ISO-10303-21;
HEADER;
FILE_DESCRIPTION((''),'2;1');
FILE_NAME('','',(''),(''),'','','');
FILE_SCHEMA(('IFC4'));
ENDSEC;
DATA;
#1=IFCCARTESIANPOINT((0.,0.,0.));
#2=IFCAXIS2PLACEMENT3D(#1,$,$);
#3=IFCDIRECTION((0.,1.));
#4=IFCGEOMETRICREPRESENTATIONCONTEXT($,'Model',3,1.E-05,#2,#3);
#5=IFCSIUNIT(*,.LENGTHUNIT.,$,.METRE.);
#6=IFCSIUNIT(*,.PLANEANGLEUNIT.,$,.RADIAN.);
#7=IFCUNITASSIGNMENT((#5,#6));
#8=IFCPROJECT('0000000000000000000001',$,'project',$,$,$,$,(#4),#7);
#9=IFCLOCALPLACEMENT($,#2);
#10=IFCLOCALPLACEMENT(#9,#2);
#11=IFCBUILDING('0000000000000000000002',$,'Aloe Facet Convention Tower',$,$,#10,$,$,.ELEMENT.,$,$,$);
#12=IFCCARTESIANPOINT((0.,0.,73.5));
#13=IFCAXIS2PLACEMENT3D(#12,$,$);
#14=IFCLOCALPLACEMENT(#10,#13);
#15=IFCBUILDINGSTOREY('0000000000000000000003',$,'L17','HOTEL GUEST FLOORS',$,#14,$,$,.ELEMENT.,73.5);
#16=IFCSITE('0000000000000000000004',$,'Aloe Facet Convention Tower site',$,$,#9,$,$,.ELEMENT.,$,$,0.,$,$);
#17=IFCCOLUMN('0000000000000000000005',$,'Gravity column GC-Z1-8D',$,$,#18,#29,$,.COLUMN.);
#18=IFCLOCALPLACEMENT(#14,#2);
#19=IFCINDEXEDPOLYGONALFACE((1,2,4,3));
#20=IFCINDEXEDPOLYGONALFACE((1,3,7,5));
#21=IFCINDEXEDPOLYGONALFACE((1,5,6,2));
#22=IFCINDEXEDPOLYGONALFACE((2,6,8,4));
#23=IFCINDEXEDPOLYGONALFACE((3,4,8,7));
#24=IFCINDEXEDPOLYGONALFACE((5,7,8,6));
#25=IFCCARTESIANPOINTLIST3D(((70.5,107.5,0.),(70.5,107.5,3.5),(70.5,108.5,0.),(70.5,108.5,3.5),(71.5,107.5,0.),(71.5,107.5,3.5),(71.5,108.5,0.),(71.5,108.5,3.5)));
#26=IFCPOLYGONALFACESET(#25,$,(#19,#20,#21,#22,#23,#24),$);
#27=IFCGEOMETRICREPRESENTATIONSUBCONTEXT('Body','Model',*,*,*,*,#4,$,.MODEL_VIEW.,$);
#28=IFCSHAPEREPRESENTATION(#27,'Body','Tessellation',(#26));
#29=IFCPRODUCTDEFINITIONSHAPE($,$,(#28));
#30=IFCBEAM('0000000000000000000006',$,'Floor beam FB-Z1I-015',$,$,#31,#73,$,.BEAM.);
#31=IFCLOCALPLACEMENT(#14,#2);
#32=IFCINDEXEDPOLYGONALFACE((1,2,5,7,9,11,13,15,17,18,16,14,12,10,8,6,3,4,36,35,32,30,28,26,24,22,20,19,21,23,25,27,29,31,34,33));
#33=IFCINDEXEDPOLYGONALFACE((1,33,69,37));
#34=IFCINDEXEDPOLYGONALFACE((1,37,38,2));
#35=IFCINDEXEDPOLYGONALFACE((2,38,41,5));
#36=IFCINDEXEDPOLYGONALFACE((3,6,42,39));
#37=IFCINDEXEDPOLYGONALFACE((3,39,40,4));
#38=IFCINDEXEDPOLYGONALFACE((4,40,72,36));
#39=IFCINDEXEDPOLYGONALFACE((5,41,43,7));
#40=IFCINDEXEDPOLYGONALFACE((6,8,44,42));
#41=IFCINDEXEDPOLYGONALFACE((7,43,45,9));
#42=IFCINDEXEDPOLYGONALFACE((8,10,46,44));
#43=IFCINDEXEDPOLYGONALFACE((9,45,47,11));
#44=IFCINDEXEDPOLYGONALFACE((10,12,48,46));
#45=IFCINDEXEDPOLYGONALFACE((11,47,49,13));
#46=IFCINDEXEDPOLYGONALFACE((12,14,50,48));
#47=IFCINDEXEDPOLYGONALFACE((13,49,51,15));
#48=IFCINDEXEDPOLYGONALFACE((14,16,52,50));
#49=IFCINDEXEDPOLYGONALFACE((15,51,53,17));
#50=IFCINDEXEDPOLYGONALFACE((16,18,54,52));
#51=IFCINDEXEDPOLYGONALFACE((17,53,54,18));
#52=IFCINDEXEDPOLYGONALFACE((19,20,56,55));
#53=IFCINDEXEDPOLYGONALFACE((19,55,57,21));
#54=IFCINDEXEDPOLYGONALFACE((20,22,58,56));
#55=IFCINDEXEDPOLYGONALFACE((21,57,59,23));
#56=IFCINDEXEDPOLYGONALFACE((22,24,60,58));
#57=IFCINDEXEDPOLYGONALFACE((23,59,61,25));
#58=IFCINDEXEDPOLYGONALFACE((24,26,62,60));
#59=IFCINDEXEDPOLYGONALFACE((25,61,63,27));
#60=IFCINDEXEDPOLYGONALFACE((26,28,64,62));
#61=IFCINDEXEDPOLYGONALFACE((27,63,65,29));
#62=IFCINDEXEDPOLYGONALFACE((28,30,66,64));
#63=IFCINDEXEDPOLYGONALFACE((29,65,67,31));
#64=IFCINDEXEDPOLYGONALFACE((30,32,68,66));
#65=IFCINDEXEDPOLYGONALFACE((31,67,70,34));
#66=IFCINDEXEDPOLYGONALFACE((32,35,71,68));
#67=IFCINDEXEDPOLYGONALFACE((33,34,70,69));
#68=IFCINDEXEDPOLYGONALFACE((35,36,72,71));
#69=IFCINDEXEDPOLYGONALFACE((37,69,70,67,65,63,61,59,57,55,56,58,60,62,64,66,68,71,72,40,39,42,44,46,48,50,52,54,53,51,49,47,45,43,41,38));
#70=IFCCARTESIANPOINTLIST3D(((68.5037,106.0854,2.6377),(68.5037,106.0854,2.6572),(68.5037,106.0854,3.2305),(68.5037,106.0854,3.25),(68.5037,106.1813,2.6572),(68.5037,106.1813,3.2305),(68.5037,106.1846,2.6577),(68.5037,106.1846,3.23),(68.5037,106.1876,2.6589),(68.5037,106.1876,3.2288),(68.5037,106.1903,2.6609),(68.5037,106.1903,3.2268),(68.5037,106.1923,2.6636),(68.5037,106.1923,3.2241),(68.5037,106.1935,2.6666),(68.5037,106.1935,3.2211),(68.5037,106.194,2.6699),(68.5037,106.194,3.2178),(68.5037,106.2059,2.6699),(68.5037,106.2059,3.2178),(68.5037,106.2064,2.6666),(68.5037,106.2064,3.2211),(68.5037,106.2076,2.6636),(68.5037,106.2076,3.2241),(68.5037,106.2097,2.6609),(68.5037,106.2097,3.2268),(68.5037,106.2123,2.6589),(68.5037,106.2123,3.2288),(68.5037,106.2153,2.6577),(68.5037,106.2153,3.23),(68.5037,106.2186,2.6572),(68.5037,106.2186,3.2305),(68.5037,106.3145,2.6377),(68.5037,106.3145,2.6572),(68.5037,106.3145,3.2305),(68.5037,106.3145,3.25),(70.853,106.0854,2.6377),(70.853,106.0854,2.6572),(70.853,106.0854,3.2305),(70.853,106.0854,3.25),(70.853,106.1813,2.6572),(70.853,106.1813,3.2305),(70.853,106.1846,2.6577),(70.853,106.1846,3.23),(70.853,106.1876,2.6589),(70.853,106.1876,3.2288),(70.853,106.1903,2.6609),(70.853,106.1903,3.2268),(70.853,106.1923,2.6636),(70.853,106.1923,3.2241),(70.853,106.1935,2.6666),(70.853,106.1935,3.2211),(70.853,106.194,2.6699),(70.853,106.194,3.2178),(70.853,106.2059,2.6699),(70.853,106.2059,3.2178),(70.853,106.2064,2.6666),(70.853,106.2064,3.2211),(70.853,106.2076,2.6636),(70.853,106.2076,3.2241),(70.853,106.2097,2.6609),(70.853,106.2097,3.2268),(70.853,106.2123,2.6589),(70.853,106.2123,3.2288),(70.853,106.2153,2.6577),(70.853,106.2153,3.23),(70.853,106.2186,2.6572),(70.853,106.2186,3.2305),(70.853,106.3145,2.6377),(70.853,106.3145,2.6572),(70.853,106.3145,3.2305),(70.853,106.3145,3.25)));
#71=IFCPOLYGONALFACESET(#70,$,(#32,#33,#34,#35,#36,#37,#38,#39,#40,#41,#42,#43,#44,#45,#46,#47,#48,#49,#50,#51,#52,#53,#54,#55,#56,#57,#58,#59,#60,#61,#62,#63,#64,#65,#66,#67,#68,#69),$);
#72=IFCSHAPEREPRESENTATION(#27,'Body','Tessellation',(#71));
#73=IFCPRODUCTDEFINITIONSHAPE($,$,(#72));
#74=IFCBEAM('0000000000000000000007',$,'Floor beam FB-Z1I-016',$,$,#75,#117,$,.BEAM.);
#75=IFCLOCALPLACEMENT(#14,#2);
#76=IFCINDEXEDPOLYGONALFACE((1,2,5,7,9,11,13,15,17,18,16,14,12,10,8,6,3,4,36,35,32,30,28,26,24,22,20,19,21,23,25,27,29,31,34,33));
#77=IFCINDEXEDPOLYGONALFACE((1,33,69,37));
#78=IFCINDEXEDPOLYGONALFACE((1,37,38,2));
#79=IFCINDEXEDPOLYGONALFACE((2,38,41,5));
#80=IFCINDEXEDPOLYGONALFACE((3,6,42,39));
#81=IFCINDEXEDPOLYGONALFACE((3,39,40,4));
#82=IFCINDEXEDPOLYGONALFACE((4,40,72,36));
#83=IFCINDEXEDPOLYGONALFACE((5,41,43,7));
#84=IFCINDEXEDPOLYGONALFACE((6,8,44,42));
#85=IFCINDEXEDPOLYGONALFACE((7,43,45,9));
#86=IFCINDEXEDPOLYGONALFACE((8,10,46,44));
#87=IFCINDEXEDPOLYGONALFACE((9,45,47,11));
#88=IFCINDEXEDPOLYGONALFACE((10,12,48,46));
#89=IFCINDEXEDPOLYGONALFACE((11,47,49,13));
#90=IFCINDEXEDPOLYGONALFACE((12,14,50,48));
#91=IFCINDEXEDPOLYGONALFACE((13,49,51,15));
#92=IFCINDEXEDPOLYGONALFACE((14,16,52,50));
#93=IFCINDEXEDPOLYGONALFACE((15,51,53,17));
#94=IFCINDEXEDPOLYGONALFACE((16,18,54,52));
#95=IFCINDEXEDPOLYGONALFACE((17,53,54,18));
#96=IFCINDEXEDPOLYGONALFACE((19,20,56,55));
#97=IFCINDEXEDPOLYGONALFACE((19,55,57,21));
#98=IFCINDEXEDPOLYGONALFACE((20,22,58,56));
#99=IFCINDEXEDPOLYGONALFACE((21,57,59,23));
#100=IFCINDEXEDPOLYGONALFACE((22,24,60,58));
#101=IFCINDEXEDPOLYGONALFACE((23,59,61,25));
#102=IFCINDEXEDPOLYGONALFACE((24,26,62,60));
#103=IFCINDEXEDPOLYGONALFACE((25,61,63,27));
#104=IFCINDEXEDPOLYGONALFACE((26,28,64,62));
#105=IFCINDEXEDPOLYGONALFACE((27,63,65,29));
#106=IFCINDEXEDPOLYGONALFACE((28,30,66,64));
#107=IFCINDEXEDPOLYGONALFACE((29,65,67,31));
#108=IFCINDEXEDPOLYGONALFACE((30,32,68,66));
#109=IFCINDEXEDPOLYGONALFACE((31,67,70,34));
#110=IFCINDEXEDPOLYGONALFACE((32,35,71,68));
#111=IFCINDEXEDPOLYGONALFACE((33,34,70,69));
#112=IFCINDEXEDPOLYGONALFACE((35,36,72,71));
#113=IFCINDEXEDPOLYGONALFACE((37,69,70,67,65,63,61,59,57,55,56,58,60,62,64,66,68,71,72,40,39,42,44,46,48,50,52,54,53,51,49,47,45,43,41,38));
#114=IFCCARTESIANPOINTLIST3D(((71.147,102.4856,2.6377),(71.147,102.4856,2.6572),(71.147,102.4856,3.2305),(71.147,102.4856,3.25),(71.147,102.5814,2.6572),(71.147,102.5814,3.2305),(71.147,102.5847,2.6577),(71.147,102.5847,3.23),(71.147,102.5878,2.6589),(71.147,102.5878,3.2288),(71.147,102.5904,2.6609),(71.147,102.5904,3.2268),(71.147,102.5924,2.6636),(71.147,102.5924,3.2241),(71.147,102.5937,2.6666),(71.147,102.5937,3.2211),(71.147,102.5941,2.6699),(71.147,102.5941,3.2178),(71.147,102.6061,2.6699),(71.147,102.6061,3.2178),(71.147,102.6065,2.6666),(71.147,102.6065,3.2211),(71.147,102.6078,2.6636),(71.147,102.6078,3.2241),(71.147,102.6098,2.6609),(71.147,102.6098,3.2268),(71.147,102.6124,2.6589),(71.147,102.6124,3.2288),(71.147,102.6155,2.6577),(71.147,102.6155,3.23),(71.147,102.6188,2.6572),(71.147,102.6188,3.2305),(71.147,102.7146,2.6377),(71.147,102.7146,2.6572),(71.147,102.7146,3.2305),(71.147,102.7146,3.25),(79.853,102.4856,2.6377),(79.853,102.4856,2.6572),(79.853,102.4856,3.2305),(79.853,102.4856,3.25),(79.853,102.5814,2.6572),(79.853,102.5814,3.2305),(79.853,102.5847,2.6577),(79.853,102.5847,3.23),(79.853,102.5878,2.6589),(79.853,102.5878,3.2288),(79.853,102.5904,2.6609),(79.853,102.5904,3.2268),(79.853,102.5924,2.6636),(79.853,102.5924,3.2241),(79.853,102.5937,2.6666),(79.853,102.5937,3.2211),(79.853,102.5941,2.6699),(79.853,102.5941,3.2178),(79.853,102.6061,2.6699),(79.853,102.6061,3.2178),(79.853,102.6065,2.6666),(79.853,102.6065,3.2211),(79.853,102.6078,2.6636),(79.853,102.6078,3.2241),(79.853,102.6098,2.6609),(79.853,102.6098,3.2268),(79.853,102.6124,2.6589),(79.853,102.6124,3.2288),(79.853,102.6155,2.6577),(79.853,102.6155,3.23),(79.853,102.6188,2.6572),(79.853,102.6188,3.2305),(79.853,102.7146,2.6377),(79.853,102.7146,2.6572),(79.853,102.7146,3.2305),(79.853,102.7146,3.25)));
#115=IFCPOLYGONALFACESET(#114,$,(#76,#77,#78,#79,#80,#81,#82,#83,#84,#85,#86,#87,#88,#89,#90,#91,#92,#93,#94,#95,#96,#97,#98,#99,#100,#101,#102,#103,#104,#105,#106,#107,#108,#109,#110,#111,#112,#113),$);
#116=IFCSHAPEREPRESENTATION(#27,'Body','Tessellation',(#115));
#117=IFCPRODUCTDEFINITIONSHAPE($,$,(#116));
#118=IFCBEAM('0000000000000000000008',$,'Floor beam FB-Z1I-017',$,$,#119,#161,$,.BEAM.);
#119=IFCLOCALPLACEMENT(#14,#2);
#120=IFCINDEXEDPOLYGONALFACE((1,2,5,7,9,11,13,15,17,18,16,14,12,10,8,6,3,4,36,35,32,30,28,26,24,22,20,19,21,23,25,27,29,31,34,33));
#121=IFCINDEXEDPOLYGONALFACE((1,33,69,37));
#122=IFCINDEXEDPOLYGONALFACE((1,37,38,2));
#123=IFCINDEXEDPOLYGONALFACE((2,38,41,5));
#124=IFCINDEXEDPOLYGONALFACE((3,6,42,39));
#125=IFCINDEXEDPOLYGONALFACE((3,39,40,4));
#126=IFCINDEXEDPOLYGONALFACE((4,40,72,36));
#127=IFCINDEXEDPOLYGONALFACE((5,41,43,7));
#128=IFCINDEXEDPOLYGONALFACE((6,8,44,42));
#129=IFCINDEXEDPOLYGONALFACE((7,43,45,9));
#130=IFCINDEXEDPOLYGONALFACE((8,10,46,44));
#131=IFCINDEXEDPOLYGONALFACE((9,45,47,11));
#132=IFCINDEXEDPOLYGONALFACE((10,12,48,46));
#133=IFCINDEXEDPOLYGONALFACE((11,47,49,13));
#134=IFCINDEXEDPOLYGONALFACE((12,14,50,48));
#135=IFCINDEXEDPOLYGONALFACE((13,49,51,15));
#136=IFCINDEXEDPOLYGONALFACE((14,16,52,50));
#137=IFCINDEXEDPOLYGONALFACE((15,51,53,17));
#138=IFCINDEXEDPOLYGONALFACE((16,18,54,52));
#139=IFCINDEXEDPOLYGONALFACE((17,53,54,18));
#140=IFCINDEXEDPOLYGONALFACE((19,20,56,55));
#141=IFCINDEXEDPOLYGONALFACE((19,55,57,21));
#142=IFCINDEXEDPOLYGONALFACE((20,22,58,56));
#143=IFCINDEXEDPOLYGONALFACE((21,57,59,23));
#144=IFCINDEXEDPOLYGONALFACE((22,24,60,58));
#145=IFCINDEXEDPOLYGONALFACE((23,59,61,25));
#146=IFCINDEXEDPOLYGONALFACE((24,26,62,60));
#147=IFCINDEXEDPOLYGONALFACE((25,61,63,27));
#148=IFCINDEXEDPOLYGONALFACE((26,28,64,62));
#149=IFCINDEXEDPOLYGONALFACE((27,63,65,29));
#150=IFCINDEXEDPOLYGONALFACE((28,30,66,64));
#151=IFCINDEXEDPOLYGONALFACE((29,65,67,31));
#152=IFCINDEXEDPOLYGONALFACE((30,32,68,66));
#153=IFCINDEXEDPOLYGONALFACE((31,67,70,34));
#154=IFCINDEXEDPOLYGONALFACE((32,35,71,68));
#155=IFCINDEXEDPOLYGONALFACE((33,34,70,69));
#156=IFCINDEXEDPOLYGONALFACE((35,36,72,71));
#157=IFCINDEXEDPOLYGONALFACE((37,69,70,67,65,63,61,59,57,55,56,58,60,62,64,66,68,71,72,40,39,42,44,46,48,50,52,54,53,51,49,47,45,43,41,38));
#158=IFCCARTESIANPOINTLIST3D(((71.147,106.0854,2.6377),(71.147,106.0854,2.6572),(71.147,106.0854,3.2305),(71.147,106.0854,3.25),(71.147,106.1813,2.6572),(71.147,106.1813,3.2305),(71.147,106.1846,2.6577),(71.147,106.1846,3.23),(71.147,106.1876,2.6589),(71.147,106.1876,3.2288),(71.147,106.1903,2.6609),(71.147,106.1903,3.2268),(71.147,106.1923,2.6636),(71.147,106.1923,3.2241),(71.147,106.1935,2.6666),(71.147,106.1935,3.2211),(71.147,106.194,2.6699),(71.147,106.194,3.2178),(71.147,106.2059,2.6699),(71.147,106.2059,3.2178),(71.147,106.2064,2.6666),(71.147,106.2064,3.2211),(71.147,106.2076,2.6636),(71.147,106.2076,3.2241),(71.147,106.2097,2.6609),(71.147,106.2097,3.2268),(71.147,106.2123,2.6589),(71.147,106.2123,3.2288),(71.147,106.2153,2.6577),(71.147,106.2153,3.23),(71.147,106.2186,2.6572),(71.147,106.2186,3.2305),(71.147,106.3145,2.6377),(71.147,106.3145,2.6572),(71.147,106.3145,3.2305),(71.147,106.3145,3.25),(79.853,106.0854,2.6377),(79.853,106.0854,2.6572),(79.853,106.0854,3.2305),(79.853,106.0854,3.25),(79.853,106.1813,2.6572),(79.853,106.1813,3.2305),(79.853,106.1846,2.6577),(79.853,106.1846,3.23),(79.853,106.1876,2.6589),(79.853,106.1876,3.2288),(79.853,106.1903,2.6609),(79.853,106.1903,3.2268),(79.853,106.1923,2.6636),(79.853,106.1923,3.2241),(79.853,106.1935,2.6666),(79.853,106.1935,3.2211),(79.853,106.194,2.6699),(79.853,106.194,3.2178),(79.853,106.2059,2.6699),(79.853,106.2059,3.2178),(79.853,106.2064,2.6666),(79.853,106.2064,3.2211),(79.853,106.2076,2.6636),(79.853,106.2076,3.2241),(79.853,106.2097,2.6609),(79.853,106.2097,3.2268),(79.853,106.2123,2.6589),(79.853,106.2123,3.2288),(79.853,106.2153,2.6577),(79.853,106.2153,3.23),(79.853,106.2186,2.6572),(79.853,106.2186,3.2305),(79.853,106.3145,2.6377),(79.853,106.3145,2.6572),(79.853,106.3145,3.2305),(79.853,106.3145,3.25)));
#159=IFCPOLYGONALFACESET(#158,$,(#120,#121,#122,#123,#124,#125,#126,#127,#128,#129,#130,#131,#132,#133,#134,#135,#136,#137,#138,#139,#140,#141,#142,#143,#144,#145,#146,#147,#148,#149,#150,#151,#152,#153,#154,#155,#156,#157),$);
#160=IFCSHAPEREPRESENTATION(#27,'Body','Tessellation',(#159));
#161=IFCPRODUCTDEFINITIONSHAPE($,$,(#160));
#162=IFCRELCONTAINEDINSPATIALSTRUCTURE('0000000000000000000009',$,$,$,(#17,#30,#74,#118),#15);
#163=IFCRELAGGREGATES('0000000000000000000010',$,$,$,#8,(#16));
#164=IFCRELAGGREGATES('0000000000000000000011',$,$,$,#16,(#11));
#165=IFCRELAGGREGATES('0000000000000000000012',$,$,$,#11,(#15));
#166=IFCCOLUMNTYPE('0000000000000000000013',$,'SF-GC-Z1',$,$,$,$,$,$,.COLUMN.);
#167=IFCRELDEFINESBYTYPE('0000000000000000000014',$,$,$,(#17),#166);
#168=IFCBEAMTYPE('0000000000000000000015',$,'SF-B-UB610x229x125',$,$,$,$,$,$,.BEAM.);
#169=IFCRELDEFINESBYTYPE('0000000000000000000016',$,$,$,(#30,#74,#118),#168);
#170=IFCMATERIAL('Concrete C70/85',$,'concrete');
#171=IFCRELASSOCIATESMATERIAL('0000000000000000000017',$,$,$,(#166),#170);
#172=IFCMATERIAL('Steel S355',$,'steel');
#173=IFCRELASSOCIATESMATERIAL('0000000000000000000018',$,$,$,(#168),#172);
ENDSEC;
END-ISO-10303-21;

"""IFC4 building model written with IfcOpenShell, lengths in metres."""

from ifc_helpers import new_model, si_unit, direction, frame, origin, origin_2d, place, context, subcontext, project, spatial, rectangle, i_section, extrude, material, material_profile, profile_set, type_object, element, save


model = new_model("IFC4")

# Units and contexts
model_context = context("Model", 3, precision=1e-05, world=origin(), true_north=direction((0.0, 1.0)))
body_context = subcontext(model_context, "Body", "Model", "MODEL_VIEW")
ifc_project = project(units=[si_unit("LENGTHUNIT", "METRE"), si_unit("PLANEANGLEUNIT", "RADIAN")], contexts=[model_context])

# Site, building, storey
site_placement = place(None, origin())
site = spatial("IfcSite", under=ifc_project, at=site_placement, Name="Aloe Facet Convention Tower site", CompositionType="ELEMENT", RefElevation=0.0)
building_placement = place(site_placement, origin())
building = spatial("IfcBuilding", under=site, at=building_placement, Name="Aloe Facet Convention Tower", CompositionType="ELEMENT")
storey_placement = place(building_placement, frame((0.0, 0.0, 73.5)))
storey = spatial("IfcBuildingStorey", under=building, at=storey_placement, Name="L17", Description="HOTEL GUEST FLOORS", CompositionType="ELEMENT", Elevation=73.5)

# Column
ifc_material_1 = material(Name="Concrete C70/85", Category="concrete")
ifc_material_profile_1 = material_profile(ifc_material_1, rectangle(XDim=1.0, YDim=1.0, at=origin_2d()), Name="SF-GC-Z1")
ifc_profile_set_1 = profile_set([ifc_material_profile_1], Name="Concrete C70/85")
column_type = type_object("IfcColumnType", Name="SF-GC-Z1", PredefinedType="COLUMN", material=ifc_profile_set_1)
column_placement = place(storey_placement, frame((71.0, 108.0, 0.0), z_axis=(0.0, 0.0, 1.0), x_axis=(1.0, 0.0, 0.0)))
element("IfcColumn", 1, at=column_placement, inside=storey, type_object=column_type, Name="Gravity column GC-Z1-8D", PredefinedType="COLUMN", context=body_context, shape_type="SweptSolid", body=[
    extrude(rectangle(XDim=1.0, YDim=1.0, at=origin_2d()), origin(), (0.0, 0.0, 1.0), 3.5),
])

# Beams
ifc_material_2 = material(Name="Steel S355", Category="steel")
ifc_material_profile_2 = material_profile(ifc_material_2, i_section(OverallWidth=0.229, OverallDepth=0.6123, WebThickness=0.012, FlangeThickness=0.0195, FilletRadius=0.0127, at=origin_2d()), Name="UB 610x229x125")
ifc_profile_set_2 = profile_set([ifc_material_profile_2], Name="Steel S355")
beam_type_1 = type_object("IfcBeamType", Name="SF-B-UB610x229x125", PredefinedType="BEAM", material=ifc_profile_set_2)
beam_1_placement = place(storey_placement, frame((68.5037, 106.2, 2.9438), z_axis=(1.0, 0.0, 0.0), x_axis=(0.0, 1.0, 0.0)))
element("IfcBeam", 2, at=beam_1_placement, inside=storey, type_object=beam_type_1, Name="Floor beam FB-Z1I-015", PredefinedType="BEAM", context=body_context, shape_type="SweptSolid", body=[
    extrude(i_section(OverallWidth=0.229, OverallDepth=0.6123, WebThickness=0.012, FlangeThickness=0.0195, FilletRadius=0.0127, at=origin_2d()), origin(), (0.0, 0.0, 1.0), 2.3494),
])
for number, where, z_axis, x_axis, name in (
    (3, (71.147, 102.6001, 2.9438), (1.0, 0.0, 0.0), (0.0, 1.0, 0.0), "Floor beam FB-Z1I-016"),
    (4, (71.147, 106.2, 2.9438), (1.0, 0.0, 0.0), (0.0, 1.0, 0.0), "Floor beam FB-Z1I-017"),
):
    element("IfcBeam", number, at=place(storey_placement, frame(where, z_axis=z_axis, x_axis=x_axis)), inside=storey, type_object=beam_type_1, Name=name, PredefinedType="BEAM", context=body_context, shape_type="SweptSolid", body=[
        extrude(i_section(OverallWidth=0.229, OverallDepth=0.6123, WebThickness=0.012, FlangeThickness=0.0195, FilletRadius=0.0127, at=origin_2d()), origin(), (0.0, 0.0, 1.0), 8.7061),
    ])

save(model, "model.ifc")
